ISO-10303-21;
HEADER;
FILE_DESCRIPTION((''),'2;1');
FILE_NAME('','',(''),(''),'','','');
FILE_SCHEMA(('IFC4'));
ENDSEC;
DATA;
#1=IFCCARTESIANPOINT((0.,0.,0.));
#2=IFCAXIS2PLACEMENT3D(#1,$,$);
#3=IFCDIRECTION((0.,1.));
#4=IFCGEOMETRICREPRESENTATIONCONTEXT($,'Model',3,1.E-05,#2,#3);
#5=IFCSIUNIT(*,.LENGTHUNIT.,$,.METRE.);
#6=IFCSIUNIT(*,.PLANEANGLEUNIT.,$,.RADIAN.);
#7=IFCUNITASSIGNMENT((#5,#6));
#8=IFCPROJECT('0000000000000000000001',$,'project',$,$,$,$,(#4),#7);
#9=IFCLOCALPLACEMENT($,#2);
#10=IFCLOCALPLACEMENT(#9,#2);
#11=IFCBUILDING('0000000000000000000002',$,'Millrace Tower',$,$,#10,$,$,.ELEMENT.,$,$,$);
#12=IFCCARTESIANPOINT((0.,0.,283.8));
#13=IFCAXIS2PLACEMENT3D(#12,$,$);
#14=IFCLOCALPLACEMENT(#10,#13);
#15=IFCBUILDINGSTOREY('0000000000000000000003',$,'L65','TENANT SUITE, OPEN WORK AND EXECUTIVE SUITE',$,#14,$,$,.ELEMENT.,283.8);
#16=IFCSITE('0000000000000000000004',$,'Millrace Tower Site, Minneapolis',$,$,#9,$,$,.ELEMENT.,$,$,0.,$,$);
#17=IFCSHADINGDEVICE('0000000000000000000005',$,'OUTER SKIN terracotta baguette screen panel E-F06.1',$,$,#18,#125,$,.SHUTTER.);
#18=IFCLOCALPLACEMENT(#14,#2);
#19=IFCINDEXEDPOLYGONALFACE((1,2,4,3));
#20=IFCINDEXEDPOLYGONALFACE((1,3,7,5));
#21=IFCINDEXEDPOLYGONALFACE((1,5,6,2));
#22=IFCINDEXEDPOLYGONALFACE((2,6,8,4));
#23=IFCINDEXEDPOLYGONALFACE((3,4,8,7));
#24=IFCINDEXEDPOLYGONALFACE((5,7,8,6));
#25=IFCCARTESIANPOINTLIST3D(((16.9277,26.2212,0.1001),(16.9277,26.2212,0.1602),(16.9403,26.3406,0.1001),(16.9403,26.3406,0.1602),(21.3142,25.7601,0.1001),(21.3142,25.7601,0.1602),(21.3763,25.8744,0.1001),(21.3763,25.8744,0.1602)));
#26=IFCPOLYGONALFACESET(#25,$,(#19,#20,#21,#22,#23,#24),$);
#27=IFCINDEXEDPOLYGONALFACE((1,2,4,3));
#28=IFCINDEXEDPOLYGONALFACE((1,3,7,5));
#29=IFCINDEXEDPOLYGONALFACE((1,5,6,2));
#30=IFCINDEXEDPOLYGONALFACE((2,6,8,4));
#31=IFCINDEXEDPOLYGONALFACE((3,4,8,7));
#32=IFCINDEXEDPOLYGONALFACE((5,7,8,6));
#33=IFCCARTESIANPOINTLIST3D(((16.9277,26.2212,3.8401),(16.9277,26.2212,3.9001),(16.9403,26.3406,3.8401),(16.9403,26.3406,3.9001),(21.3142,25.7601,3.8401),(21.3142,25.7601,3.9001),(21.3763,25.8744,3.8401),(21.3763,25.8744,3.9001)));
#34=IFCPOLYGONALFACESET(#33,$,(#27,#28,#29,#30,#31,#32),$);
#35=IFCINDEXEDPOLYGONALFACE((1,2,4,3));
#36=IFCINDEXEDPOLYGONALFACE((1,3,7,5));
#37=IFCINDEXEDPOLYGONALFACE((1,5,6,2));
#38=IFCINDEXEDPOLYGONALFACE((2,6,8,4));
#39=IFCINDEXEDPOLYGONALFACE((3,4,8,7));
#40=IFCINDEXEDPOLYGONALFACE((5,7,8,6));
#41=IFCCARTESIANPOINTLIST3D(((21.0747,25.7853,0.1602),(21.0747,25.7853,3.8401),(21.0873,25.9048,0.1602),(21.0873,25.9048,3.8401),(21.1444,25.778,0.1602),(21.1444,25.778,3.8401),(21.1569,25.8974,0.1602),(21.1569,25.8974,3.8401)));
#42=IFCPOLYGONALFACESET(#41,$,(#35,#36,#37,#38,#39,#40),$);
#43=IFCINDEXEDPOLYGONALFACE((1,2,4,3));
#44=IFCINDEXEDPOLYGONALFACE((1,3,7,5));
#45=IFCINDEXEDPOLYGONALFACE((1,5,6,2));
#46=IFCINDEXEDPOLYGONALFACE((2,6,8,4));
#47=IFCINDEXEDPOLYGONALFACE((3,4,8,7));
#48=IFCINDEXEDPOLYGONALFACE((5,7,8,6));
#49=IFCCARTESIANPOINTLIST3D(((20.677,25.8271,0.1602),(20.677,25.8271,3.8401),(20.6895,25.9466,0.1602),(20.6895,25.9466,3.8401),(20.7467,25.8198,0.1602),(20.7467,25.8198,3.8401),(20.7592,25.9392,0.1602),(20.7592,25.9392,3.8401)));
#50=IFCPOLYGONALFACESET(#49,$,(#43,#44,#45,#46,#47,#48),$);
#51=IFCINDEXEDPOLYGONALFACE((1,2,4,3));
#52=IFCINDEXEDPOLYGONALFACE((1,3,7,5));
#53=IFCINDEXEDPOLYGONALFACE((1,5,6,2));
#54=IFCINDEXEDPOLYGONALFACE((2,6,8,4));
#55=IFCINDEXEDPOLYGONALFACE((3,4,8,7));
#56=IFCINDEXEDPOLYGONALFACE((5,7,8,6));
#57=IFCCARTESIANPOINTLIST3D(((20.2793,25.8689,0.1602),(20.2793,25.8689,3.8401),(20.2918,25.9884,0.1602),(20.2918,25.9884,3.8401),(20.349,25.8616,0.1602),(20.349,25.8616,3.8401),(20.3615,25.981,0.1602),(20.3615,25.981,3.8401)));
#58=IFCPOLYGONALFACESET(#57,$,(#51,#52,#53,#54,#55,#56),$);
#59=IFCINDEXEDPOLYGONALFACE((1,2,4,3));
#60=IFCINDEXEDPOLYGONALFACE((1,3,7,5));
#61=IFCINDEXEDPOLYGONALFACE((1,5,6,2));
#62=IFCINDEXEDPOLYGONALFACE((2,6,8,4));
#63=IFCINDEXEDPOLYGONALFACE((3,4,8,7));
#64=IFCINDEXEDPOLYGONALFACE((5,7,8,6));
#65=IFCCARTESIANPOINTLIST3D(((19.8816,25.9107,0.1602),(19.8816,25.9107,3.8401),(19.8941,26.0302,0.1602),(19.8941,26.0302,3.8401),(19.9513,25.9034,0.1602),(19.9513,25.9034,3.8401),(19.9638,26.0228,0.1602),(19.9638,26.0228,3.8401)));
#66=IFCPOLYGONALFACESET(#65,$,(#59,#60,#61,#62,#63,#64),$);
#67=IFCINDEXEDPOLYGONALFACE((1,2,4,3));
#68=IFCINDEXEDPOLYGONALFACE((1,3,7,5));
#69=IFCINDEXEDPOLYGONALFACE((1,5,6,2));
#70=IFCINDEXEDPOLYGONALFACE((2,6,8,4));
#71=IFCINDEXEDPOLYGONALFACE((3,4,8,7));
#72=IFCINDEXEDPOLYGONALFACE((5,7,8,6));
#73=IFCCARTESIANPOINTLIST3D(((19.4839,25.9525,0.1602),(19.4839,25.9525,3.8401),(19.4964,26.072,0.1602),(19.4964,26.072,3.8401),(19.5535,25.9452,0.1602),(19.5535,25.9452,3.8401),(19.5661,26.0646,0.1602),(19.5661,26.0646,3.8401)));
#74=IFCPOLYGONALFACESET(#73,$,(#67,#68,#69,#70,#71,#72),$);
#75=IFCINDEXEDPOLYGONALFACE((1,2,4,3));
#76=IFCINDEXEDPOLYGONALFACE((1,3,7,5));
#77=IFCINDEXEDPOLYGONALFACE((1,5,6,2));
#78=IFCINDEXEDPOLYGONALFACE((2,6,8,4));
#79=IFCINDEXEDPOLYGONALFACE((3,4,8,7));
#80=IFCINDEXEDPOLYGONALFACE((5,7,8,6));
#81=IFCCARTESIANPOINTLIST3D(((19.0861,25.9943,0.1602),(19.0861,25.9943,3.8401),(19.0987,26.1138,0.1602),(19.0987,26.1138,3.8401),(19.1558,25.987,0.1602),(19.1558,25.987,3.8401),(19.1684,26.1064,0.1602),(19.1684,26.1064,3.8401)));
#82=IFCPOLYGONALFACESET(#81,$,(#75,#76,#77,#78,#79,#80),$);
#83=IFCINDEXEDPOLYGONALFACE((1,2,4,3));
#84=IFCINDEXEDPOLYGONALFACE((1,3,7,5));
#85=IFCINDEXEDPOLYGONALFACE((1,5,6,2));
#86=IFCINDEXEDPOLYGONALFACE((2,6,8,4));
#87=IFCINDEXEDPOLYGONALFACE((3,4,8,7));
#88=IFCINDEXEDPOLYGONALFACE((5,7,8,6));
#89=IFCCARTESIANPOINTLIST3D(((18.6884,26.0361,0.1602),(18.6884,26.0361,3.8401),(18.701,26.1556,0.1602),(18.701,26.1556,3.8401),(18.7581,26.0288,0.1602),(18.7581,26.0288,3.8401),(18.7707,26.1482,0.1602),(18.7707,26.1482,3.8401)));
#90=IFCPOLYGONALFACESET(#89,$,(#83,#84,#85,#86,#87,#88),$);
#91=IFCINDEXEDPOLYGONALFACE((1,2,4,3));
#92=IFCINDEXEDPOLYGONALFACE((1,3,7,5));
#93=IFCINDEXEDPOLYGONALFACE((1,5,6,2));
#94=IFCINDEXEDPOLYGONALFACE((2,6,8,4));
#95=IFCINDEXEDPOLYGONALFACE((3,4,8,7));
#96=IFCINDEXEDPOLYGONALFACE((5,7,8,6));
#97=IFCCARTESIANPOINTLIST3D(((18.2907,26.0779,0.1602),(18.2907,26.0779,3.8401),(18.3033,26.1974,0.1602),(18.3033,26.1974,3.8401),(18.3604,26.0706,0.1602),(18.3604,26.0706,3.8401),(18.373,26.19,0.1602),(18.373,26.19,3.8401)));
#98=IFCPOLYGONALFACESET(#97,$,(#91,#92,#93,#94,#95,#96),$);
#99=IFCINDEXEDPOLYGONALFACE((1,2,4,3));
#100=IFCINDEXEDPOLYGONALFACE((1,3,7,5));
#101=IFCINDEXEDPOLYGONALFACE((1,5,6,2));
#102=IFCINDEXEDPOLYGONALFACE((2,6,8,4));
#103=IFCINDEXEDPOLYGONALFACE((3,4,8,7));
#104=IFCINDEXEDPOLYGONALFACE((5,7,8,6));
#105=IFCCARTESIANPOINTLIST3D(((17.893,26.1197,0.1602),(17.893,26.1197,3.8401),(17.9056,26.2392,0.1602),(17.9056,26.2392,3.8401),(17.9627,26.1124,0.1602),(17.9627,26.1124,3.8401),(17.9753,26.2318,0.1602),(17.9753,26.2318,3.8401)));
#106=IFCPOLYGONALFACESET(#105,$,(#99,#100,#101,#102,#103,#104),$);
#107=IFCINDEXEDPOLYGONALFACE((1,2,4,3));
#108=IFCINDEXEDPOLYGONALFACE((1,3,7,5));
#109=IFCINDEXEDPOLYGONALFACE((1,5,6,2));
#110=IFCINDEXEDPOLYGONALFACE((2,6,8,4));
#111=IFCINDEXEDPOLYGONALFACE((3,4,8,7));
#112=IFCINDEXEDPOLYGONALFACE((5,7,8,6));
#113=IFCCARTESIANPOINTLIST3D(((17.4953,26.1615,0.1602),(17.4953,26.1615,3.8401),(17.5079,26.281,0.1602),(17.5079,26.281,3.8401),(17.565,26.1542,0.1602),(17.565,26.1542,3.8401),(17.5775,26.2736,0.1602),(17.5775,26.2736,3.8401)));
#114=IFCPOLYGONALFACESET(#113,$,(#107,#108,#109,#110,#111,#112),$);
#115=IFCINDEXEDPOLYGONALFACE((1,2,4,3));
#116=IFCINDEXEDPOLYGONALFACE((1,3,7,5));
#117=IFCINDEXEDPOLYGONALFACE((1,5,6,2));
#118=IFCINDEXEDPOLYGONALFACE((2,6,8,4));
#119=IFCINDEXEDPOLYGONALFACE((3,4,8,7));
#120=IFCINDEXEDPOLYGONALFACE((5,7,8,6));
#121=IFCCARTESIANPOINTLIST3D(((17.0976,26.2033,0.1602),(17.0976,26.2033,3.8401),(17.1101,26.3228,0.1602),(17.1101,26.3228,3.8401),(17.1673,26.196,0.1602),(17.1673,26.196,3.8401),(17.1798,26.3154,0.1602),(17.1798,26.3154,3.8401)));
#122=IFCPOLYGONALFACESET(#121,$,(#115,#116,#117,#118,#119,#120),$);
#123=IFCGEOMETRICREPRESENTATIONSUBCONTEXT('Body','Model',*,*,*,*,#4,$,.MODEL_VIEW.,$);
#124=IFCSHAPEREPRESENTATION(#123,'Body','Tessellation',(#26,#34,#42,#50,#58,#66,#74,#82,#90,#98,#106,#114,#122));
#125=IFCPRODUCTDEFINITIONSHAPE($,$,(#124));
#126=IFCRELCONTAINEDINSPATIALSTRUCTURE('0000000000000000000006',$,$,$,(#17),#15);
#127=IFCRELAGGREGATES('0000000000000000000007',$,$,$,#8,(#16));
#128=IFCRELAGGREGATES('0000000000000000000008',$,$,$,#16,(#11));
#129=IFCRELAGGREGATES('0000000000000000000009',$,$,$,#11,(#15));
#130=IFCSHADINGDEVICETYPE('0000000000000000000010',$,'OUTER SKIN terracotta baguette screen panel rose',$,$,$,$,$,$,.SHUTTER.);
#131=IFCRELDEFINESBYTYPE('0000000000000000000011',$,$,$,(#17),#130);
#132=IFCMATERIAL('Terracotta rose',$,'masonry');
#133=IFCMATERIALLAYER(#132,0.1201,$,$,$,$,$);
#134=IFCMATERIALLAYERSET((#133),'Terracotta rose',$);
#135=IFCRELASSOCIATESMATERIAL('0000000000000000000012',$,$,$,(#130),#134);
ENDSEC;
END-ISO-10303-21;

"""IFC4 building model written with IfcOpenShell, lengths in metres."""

from ifc_helpers import new_model, entity, si_unit, direction, frame, frame_2d, origin, place, context, subcontext, project, spatial, rectangle, extrude, source, transform, mapped, material, layer, layer_set, type_object, element, save


model = new_model("IFC4")

# Units and contexts
model_context = context("Model", 3, precision=1e-05, world=origin(), true_north=direction((0.0, 1.0)))
body_context = subcontext(model_context, "Body", "Model", "MODEL_VIEW")
ifc_project = project(units=[si_unit("LENGTHUNIT", "METRE"), si_unit("PLANEANGLEUNIT", "RADIAN")], contexts=[model_context])

# Site, building, storey
site_placement = place(None, origin())
site = spatial("IfcSite", under=ifc_project, at=site_placement, Name="Millrace Tower Site, Minneapolis", CompositionType="ELEMENT", RefElevation=0.0)
building_placement = place(site_placement, origin())
building = spatial("IfcBuilding", under=site, at=building_placement, Name="Millrace Tower", CompositionType="ELEMENT")
storey_placement = place(building_placement, frame((0.0, 0.0, 283.8)))
storey = spatial("IfcBuildingStorey", under=building, at=storey_placement, Name="L65", Description="TENANT SUITE, OPEN WORK AND EXECUTIVE SUITE", CompositionType="ELEMENT", Elevation=283.8)

# Shading device
ifc_material_1 = material(Name="Terracotta rose", Category="masonry")
ifc_layer_1 = layer(ifc_material_1, 0.1201)
ifc_layer_set_1 = layer_set([ifc_layer_1], Name="Terracotta rose")
shading_device_type = type_object("IfcShadingDeviceType", Name="OUTER SKIN terracotta baguette screen panel rose", PredefinedType="SHUTTER", material=ifc_layer_set_1)
cartesian_point_1 = entity("IfcCartesianPoint", [-2.1929, 0.0601])
shared_polyline_1 = entity("IfcPolyline", [cartesian_point_1, entity("IfcCartesianPoint", [2.2178, 0.0601]), entity("IfcCartesianPoint", [2.2178, -0.0601]), entity("IfcCartesianPoint", [-2.2427, -0.0601]), cartesian_point_1])
shared_shape_1 = source(origin(), body_context, "Body", "SweptSolid", [
    entity("IfcExtrudedAreaSolid", entity("IfcArbitraryClosedProfileDef", "AREA", None, shared_polyline_1), entity("IfcAxis2Placement3D", entity("IfcCartesianPoint", [0.0, 0.0, 0.0])), entity("IfcDirection", [0.0, 0.0, 1.0]), 0.0601),
    entity("IfcExtrudedAreaSolid", entity("IfcArbitraryClosedProfileDef", "AREA", None, shared_polyline_1), entity("IfcAxis2Placement3D", entity("IfcCartesianPoint", [0.0, 0.0, 3.74])), entity("IfcDirection", [0.0, 0.0, 1.0]), 0.0601),
    extrude(rectangle(XDim=0.0701, YDim=0.1201, at=frame_2d((-1.9871, 0.0))), frame((0.0, 0.0, 0.0601)), (0.0, 0.0, 1.0), 3.6799),
    extrude(rectangle(XDim=0.0701, YDim=0.1201, at=frame_2d((-1.5872, 0.0))), frame((0.0, 0.0, 0.0601)), (0.0, 0.0, 1.0), 3.6799),
    extrude(rectangle(XDim=0.0701, YDim=0.1201, at=frame_2d((-1.1873, 0.0))), frame((0.0, 0.0, 0.0601)), (0.0, 0.0, 1.0), 3.6799),
    extrude(rectangle(XDim=0.0701, YDim=0.1201, at=frame_2d((-0.7874, 0.0))), frame((0.0, 0.0, 0.0601)), (0.0, 0.0, 1.0), 3.6799),
    extrude(rectangle(XDim=0.0701, YDim=0.1201, at=frame_2d((-0.3875, 0.0))), frame((0.0, 0.0, 0.0601)), (0.0, 0.0, 1.0), 3.6799),
    extrude(rectangle(XDim=0.0701, YDim=0.1201, at=frame_2d((0.0125, 0.0))), frame((0.0, 0.0, 0.0601)), (0.0, 0.0, 1.0), 3.6799),
    extrude(rectangle(XDim=0.0701, YDim=0.1201, at=frame_2d((0.4124, 0.0))), frame((0.0, 0.0, 0.0601)), (0.0, 0.0, 1.0), 3.6799),
    extrude(rectangle(XDim=0.0701, YDim=0.1201, at=frame_2d((0.8123, 0.0))), frame((0.0, 0.0, 0.0601)), (0.0, 0.0, 1.0), 3.6799),
    extrude(rectangle(XDim=0.0701, YDim=0.1201, at=frame_2d((1.2122, 0.0))), frame((0.0, 0.0, 0.0601)), (0.0, 0.0, 1.0), 3.6799),
    extrude(rectangle(XDim=0.0701, YDim=0.1201, at=frame_2d((1.6121, 0.0))), frame((0.0, 0.0, 0.0601)), (0.0, 0.0, 1.0), 3.6799),
    extrude(rectangle(XDim=0.0701, YDim=0.1201, at=frame_2d((2.012, 0.0))), frame((0.0, 0.0, 0.0601)), (0.0, 0.0, 1.0), 3.6799),
])
shading_device_1_placement = place(storey_placement, frame((19.1396, 26.0491, 0.1001), z_axis=(0.0, 0.0, 1.0), x_axis=(-0.994522, 0.104528, 0.0)))
element("IfcShadingDevice", 1, at=shading_device_1_placement, inside=storey, type_object=shading_device_type, Name="OUTER SKIN terracotta baguette screen panel E-F06.1", PredefinedType="SHUTTER", context=body_context, shape_type="MappedRepresentation", body=[
    mapped(shared_shape_1, transform((0.0, 0.0, 0.0), scale=1.0)),
])

save(model, "model.ifc")
